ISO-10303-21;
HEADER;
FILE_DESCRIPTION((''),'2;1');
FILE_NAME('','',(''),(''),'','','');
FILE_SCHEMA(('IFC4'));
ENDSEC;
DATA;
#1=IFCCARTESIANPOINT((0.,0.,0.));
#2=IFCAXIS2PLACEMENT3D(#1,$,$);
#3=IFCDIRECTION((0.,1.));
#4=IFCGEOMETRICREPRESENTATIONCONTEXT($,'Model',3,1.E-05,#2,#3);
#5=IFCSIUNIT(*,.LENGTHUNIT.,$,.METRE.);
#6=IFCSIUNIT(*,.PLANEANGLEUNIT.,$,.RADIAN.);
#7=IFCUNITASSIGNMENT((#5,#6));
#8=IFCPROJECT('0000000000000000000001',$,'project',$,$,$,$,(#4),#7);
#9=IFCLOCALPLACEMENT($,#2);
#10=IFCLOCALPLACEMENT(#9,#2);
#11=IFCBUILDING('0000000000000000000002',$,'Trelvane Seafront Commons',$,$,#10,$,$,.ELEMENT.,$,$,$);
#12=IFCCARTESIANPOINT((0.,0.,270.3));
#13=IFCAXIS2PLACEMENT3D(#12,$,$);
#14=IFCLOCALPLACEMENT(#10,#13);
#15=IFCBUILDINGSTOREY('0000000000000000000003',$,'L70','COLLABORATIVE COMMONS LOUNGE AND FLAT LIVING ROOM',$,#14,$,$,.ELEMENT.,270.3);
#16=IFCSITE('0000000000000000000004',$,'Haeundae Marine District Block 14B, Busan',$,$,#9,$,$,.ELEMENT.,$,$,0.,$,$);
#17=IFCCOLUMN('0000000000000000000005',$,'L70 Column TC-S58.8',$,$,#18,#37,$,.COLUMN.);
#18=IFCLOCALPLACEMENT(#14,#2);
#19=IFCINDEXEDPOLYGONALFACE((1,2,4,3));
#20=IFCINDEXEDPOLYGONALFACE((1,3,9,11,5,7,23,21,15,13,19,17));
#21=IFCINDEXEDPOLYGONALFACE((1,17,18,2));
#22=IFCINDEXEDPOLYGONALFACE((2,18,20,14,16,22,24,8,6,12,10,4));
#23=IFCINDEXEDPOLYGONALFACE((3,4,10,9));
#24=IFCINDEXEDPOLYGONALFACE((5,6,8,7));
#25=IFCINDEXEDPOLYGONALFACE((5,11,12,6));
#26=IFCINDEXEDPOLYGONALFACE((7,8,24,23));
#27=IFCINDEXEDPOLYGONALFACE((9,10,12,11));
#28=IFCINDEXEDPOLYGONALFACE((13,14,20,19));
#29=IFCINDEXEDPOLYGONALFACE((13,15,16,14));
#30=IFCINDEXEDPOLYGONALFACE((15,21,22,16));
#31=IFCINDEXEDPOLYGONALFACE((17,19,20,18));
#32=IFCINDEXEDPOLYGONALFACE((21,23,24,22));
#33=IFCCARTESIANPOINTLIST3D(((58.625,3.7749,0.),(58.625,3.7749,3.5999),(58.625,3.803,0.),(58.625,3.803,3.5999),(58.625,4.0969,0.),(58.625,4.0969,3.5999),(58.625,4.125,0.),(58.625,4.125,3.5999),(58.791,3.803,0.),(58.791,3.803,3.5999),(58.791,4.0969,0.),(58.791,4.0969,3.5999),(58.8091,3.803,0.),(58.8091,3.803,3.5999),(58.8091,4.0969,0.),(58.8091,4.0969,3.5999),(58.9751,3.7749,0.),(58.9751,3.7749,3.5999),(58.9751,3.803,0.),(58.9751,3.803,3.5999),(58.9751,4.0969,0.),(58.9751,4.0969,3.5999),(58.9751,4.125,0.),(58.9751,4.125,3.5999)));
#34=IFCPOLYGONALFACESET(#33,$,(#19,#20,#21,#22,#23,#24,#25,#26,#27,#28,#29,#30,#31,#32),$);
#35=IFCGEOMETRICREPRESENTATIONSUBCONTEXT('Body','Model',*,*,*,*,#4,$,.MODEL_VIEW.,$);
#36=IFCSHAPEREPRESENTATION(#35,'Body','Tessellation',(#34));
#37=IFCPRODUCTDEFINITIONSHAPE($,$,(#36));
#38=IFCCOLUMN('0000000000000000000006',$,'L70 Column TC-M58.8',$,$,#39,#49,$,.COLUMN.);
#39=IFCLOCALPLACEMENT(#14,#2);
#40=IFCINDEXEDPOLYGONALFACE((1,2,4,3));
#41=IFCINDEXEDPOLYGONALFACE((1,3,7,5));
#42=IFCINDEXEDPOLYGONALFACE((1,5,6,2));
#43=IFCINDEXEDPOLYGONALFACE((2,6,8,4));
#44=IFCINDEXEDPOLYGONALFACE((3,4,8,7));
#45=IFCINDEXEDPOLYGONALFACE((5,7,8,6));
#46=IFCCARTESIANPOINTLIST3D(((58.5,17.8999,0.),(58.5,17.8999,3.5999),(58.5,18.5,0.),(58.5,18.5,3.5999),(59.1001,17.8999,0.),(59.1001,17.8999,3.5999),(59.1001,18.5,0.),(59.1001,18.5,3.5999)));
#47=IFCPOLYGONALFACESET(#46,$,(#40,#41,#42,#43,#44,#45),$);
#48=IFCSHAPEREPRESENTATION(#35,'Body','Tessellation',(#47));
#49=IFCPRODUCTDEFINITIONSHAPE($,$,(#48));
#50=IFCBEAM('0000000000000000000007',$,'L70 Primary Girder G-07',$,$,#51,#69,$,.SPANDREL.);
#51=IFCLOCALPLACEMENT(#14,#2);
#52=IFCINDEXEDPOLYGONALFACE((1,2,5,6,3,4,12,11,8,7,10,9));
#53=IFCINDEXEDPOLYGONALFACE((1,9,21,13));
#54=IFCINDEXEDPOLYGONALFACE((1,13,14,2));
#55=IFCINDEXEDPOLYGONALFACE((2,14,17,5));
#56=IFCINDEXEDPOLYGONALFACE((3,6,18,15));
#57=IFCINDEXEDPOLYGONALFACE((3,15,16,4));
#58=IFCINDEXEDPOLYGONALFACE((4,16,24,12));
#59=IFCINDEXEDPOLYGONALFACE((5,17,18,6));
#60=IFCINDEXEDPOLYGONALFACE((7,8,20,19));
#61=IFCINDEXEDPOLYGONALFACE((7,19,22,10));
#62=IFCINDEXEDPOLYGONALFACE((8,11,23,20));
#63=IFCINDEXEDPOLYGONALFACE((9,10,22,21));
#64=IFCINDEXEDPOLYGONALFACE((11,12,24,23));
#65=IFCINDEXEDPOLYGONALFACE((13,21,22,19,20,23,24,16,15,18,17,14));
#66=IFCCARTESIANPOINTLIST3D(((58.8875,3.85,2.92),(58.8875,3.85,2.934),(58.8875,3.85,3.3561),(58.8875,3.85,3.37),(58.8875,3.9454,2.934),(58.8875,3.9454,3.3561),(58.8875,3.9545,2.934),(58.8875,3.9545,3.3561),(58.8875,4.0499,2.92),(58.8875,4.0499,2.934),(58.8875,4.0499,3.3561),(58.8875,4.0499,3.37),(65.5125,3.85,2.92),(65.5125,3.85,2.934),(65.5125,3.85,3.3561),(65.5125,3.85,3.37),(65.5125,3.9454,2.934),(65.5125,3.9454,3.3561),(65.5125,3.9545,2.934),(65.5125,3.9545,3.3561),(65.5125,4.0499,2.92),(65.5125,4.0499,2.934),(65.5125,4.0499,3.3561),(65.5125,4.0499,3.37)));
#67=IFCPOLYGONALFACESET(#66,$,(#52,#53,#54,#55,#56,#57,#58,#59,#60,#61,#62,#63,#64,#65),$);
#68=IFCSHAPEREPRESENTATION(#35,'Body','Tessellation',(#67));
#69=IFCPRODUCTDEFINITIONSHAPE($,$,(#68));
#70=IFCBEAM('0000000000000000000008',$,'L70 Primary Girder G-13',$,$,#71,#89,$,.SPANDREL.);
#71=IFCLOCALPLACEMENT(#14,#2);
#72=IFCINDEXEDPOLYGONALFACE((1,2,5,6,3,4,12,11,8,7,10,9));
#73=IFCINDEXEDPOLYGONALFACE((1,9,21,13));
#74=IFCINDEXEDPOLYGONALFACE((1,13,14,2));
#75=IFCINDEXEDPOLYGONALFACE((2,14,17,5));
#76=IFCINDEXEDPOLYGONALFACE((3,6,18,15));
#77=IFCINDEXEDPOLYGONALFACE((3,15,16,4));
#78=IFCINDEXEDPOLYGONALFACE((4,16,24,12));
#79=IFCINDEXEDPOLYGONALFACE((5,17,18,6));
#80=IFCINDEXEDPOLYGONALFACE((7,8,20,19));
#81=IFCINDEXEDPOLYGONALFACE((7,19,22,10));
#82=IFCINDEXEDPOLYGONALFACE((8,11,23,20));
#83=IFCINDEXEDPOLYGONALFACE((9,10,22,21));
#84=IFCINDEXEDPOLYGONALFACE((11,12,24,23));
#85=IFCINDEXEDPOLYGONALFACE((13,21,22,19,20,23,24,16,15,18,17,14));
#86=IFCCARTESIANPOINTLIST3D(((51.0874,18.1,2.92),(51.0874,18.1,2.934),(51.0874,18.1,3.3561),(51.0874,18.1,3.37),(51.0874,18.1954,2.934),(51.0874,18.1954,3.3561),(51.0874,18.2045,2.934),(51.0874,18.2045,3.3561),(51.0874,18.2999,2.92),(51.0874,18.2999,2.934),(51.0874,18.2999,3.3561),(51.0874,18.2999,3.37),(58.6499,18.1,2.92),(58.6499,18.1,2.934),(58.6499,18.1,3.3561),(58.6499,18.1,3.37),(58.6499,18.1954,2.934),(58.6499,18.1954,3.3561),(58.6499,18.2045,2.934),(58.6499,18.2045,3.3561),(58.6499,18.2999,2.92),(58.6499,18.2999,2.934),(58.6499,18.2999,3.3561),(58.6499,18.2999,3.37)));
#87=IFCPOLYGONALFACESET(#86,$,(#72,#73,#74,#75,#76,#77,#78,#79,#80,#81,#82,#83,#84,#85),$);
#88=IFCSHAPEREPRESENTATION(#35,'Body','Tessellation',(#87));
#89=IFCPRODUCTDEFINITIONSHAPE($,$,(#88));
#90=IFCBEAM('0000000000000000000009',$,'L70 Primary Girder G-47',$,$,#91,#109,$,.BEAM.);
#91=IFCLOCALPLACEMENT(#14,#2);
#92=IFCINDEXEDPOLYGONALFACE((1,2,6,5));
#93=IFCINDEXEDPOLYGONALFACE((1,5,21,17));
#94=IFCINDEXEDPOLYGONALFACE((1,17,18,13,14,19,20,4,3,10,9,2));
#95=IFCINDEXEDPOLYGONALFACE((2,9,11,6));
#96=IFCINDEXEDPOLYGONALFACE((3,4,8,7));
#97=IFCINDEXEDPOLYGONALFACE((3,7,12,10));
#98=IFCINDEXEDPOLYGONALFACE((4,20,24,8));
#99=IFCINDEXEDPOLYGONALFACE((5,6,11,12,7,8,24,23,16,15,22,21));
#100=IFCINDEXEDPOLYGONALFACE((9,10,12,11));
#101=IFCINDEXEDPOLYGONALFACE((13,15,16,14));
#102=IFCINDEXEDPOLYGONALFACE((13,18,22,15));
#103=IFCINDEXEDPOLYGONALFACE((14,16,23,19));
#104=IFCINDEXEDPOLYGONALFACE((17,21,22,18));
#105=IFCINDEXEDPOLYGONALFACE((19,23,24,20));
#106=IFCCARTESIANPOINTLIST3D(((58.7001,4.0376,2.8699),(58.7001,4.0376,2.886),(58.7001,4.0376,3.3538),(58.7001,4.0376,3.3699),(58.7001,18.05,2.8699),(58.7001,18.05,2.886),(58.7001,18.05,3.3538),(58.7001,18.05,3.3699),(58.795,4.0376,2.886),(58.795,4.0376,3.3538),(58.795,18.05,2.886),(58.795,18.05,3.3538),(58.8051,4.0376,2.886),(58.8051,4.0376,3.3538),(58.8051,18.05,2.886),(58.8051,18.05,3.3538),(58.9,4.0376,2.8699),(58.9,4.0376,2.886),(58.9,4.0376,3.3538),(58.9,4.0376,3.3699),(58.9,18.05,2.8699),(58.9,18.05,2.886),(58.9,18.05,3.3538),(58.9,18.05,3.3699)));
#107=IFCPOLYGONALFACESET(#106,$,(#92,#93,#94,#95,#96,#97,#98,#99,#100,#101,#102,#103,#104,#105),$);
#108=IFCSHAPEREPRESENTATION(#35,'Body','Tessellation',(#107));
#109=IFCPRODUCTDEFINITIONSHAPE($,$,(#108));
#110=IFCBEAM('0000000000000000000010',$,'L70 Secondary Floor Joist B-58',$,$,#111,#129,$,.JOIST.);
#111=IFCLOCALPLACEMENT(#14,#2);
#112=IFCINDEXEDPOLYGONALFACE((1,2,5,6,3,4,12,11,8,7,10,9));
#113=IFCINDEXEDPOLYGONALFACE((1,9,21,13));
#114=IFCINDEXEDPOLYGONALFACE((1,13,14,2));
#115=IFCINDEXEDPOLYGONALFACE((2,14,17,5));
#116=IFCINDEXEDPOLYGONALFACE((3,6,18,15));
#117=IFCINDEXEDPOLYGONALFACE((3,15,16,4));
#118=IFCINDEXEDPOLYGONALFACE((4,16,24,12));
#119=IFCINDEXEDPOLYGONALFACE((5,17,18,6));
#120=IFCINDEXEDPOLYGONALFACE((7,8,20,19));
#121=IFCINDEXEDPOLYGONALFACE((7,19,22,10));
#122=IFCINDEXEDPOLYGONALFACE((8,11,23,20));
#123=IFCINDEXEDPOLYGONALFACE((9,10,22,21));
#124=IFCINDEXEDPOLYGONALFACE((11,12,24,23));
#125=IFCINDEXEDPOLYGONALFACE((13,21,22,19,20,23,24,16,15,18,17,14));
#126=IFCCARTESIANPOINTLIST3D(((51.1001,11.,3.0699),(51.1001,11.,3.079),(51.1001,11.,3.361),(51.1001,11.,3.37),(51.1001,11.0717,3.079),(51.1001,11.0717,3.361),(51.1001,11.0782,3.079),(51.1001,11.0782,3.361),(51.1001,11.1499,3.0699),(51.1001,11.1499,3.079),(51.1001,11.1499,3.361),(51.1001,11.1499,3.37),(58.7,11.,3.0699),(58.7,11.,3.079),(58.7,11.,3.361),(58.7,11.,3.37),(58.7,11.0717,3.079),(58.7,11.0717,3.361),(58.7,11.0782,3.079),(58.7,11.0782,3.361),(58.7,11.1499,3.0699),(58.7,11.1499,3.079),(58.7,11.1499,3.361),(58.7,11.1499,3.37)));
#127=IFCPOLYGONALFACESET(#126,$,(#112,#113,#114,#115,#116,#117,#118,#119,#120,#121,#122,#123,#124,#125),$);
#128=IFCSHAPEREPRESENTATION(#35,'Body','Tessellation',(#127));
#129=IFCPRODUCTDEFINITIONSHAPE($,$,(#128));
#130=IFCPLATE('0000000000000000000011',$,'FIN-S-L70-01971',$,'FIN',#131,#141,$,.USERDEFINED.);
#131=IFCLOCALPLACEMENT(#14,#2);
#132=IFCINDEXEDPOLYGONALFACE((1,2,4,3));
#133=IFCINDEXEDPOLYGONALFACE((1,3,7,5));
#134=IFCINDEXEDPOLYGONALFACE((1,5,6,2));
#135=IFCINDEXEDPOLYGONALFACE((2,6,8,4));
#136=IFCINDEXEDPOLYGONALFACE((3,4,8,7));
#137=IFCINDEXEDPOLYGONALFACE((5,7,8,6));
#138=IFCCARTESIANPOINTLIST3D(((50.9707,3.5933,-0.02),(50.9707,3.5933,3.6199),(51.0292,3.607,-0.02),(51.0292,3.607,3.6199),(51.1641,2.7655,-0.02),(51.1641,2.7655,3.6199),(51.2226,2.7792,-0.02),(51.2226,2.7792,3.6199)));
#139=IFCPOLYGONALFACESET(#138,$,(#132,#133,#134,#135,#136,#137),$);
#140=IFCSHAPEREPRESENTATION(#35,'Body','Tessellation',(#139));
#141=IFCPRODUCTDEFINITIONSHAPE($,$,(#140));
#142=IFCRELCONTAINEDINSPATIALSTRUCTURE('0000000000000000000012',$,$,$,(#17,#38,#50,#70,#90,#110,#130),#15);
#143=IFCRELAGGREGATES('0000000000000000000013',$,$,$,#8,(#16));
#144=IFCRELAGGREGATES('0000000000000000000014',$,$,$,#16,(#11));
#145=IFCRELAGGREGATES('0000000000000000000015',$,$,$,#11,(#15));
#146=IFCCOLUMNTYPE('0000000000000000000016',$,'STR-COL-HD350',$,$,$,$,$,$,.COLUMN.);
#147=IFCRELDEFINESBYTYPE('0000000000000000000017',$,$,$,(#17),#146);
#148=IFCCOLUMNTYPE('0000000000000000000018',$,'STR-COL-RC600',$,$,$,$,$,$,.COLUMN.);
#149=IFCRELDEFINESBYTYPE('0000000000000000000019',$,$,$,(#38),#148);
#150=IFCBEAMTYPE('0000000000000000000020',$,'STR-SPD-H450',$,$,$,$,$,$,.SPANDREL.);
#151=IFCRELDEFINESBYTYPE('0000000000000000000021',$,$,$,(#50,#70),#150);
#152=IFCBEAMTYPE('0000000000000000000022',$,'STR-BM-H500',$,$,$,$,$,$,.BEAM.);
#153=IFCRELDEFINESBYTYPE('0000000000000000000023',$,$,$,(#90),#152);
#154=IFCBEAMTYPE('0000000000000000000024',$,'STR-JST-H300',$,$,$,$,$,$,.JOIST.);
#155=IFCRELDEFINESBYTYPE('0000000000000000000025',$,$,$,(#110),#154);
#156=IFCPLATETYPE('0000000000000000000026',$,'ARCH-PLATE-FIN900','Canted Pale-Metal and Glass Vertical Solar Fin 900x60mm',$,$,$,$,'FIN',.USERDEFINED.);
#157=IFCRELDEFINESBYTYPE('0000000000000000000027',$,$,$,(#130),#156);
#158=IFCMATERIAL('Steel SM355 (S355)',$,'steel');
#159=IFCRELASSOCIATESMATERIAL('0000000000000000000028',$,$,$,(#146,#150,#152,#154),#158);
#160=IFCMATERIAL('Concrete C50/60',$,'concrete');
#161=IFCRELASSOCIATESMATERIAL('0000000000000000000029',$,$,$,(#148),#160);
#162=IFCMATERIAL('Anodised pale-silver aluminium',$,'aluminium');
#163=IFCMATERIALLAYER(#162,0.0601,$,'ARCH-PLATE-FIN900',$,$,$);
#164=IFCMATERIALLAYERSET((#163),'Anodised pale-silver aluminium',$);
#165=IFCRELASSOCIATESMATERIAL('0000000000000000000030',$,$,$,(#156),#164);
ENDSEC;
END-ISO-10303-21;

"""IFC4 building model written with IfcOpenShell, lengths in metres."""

from ifc_helpers import new_model, si_unit, direction, frame, origin, origin_2d, place, context, subcontext, project, spatial, rectangle, i_section, extrude, source, transform, mapped, material, layer, layer_set, material_profile, profile_set, type_object, element, save


model = new_model("IFC4")

# Units and contexts
model_context = context("Model", 3, precision=1e-05, world=origin(), true_north=direction((0.0, 1.0)))
body_context = subcontext(model_context, "Body", "Model", "MODEL_VIEW")
ifc_project = project(units=[si_unit("LENGTHUNIT", "METRE"), si_unit("PLANEANGLEUNIT", "RADIAN")], contexts=[model_context])

# Site, building, storey
site_placement = place(None, origin())
site = spatial("IfcSite", under=ifc_project, at=site_placement, Name="Haeundae Marine District Block 14B, Busan", CompositionType="ELEMENT", RefElevation=0.0)
building_placement = place(site_placement, origin())
building = spatial("IfcBuilding", under=site, at=building_placement, Name="Trelvane Seafront Commons", CompositionType="ELEMENT")
storey_placement = place(building_placement, frame((0.0, 0.0, 270.3)))
storey = spatial("IfcBuildingStorey", under=building, at=storey_placement, Name="L70", Description="COLLABORATIVE COMMONS LOUNGE AND FLAT LIVING ROOM", CompositionType="ELEMENT", Elevation=270.3)

# Columns
ifc_material_1 = material(Name="Steel SM355 (S355)", Category="steel")
ifc_material_profile_1 = material_profile(ifc_material_1, i_section(OverallWidth=0.3501, OverallDepth=0.3501, WebThickness=0.0181, FlangeThickness=0.0281, at=origin_2d()), Name="HD-350x350x18x28")
ifc_profile_set_1 = profile_set([ifc_material_profile_1], Name="Steel SM355 (S355)")
column_type_1 = type_object("IfcColumnType", Name="STR-COL-HD350", PredefinedType="COLUMN", material=ifc_profile_set_1)
shared_shape_1 = source(origin(), body_context, "Body", "SweptSolid", [
    extrude(i_section(OverallWidth=0.3501, OverallDepth=0.3501, WebThickness=0.0181, FlangeThickness=0.0281, at=origin_2d()), origin(), (0.0, 0.0, 1.0), 3.5999),
])
column_1_placement = place(storey_placement, frame((58.8, 3.95, 0.0), z_axis=(0.0, 0.0, 1.0), x_axis=(1.0, 0.0, 0.0)))
element("IfcColumn", 1, at=column_1_placement, inside=storey, type_object=column_type_1, Name="L70 Column TC-S58.8", PredefinedType="COLUMN", context=body_context, shape_type="MappedRepresentation", body=[
    mapped(shared_shape_1, transform((0.0, 0.0, 0.0), x_axis=(1.0, 0.0, 0.0), y_axis=(0.0, 1.0, 0.0), z_axis=(0.0, 0.0, 1.0), scale=1.0)),
])
ifc_material_2 = material(Name="Concrete C50/60", Category="concrete")
ifc_material_profile_2 = material_profile(ifc_material_2, rectangle(XDim=0.6001, YDim=0.6001, at=origin_2d()), Name="RC-600x600")
ifc_profile_set_2 = profile_set([ifc_material_profile_2], Name="Concrete C50/60")
column_type_2 = type_object("IfcColumnType", Name="STR-COL-RC600", PredefinedType="COLUMN", material=ifc_profile_set_2)
shared_shape_2 = source(origin(), body_context, "Body", "SweptSolid", [
    extrude(rectangle(XDim=0.6001, YDim=0.6001, at=origin_2d()), origin(), (0.0, 0.0, 1.0), 3.5999),
])
column_2_placement = place(storey_placement, frame((58.8, 18.2, 0.0), z_axis=(0.0, 0.0, 1.0), x_axis=(1.0, 0.0, 0.0)))
element("IfcColumn", 2, at=column_2_placement, inside=storey, type_object=column_type_2, Name="L70 Column TC-M58.8", PredefinedType="COLUMN", context=body_context, shape_type="MappedRepresentation", body=[
    mapped(shared_shape_2, transform((0.0, 0.0, 0.0), x_axis=(1.0, 0.0, 0.0), y_axis=(0.0, 1.0, 0.0), z_axis=(0.0, 0.0, 1.0), scale=1.0)),
])

# Beams
ifc_material_profile_3 = material_profile(ifc_material_1, i_section(OverallWidth=0.2, OverallDepth=0.45, WebThickness=0.009, FlangeThickness=0.0139, at=origin_2d()), Name="H-450x200x9x14")
ifc_profile_set_3 = profile_set([ifc_material_profile_3], Name="Steel SM355 (S355)")
beam_type_1 = type_object("IfcBeamType", Name="STR-SPD-H450", PredefinedType="SPANDREL", material=ifc_profile_set_3)
shared_shape_3 = source(origin(), body_context, "Body", "SweptSolid", [
    extrude(i_section(OverallWidth=0.2, OverallDepth=0.45, WebThickness=0.009, FlangeThickness=0.0139, at=origin_2d()), origin(), (0.0, 0.0, 1.0), 6.625),
])
beam_1_placement = place(storey_placement, frame((58.8875, 3.95, 3.145), z_axis=(1.0, 0.0, 0.0), x_axis=(0.0, 1.0, 0.0)))
element("IfcBeam", 3, at=beam_1_placement, inside=storey, type_object=beam_type_1, Name="L70 Primary Girder G-07", PredefinedType="SPANDREL", context=body_context, shape_type="MappedRepresentation", body=[
    mapped(shared_shape_3, transform((0.0, 0.0, 0.0), x_axis=(1.0, 0.0, 0.0), y_axis=(0.0, 1.0, 0.0), z_axis=(0.0, 0.0, 1.0), scale=1.0)),
])
shared_shape_4 = source(origin(), body_context, "Body", "SweptSolid", [
    extrude(i_section(OverallWidth=0.2, OverallDepth=0.45, WebThickness=0.009, FlangeThickness=0.0139, at=origin_2d()), origin(), (0.0, 0.0, 1.0), 7.5625),
])
beam_2_placement = place(storey_placement, frame((51.0874, 18.2, 3.145), z_axis=(1.0, 0.0, 0.0), x_axis=(0.0, 1.0, 0.0)))
element("IfcBeam", 4, at=beam_2_placement, inside=storey, type_object=beam_type_1, Name="L70 Primary Girder G-13", PredefinedType="SPANDREL", context=body_context, shape_type="MappedRepresentation", body=[
    mapped(shared_shape_4, transform((0.0, 0.0, 0.0), x_axis=(1.0, 0.0, 0.0), y_axis=(0.0, 1.0, 0.0), z_axis=(0.0, 0.0, 1.0), scale=1.0)),
])
ifc_material_profile_4 = material_profile(ifc_material_1, i_section(OverallWidth=0.2, OverallDepth=0.5, WebThickness=0.01, FlangeThickness=0.0161, at=origin_2d()), Name="H-500x200x10x16")
ifc_profile_set_4 = profile_set([ifc_material_profile_4], Name="Steel SM355 (S355)")
beam_type_2 = type_object("IfcBeamType", Name="STR-BM-H500", PredefinedType="BEAM", material=ifc_profile_set_4)
shared_shape_5 = source(origin(), body_context, "Body", "SweptSolid", [
    extrude(i_section(OverallWidth=0.2, OverallDepth=0.5, WebThickness=0.01, FlangeThickness=0.0161, at=origin_2d()), origin(), (0.0, 0.0, 1.0), 14.0125),
])
beam_3_placement = place(storey_placement, frame((58.8, 4.0376, 3.1199), z_axis=(0.0, 1.0, 0.0), x_axis=(-1.0, 0.0, 0.0)))
element("IfcBeam", 5, at=beam_3_placement, inside=storey, type_object=beam_type_2, Name="L70 Primary Girder G-47", PredefinedType="BEAM", context=body_context, shape_type="MappedRepresentation", body=[
    mapped(shared_shape_5, transform((0.0, 0.0, 0.0), x_axis=(1.0, 0.0, 0.0), y_axis=(0.0, 1.0, 0.0), z_axis=(0.0, 0.0, 1.0), scale=1.0)),
])
ifc_material_profile_5 = material_profile(ifc_material_1, i_section(OverallWidth=0.1499, OverallDepth=0.3, WebThickness=0.0066, FlangeThickness=0.009, at=origin_2d()), Name="H-300x150x6.5x9")
ifc_profile_set_5 = profile_set([ifc_material_profile_5], Name="Steel SM355 (S355)")
beam_type_3 = type_object("IfcBeamType", Name="STR-JST-H300", PredefinedType="JOIST", material=ifc_profile_set_5)
shared_shape_6 = source(origin(), body_context, "Body", "SweptSolid", [
    extrude(i_section(OverallWidth=0.1499, OverallDepth=0.3, WebThickness=0.0066, FlangeThickness=0.009, at=origin_2d()), origin(), (0.0, 0.0, 1.0), 7.5999),
])
beam_4_placement = place(storey_placement, frame((51.1001, 11.075, 3.22), z_axis=(1.0, 0.0, 0.0), x_axis=(0.0, 1.0, 0.0)))
element("IfcBeam", 6, at=beam_4_placement, inside=storey, type_object=beam_type_3, Name="L70 Secondary Floor Joist B-58", PredefinedType="JOIST", context=body_context, shape_type="MappedRepresentation", body=[
    mapped(shared_shape_6, transform((0.0, 0.0, 0.0), x_axis=(1.0, 0.0, 0.0), y_axis=(0.0, 1.0, 0.0), z_axis=(0.0, 0.0, 1.0), scale=1.0)),
])

# Plate
ifc_material_3 = material(Name="Anodised pale-silver aluminium", Category="aluminium")
ifc_layer_1 = layer(ifc_material_3, 0.0601, Name="ARCH-PLATE-FIN900")
ifc_layer_set_1 = layer_set([ifc_layer_1], Name="Anodised pale-silver aluminium")
plate_type = type_object("IfcPlateType", Name="ARCH-PLATE-FIN900", Description="Canted Pale-Metal and Glass Vertical Solar Fin 900x60mm", ElementType="FIN", PredefinedType="USERDEFINED", material=ifc_layer_set_1)
shared_shape_7 = source(origin(), body_context, "Body", "SweptSolid", [
    extrude(rectangle(XDim=0.8501, YDim=0.0601, at=origin_2d()), origin(), (0.0, 0.0, 1.0), 3.6399),
])
plate_placement = place(storey_placement, frame((51.0967, 3.1863, -0.02), z_axis=(0.0, 0.0, 1.0), x_axis=(0.22753, -0.973771, 0.0)))
element("IfcPlate", 7, at=plate_placement, inside=storey, type_object=plate_type, Name="FIN-S-L70-01971", ObjectType="FIN", PredefinedType="USERDEFINED", context=body_context, shape_type="MappedRepresentation", body=[
    mapped(shared_shape_7, transform((0.0, 0.0, 0.0), x_axis=(1.0, 0.0, 0.0), y_axis=(0.0, 1.0, 0.0), z_axis=(0.0, 0.0, 1.0), scale=1.0)),
])

save(model, "model.ifc")
